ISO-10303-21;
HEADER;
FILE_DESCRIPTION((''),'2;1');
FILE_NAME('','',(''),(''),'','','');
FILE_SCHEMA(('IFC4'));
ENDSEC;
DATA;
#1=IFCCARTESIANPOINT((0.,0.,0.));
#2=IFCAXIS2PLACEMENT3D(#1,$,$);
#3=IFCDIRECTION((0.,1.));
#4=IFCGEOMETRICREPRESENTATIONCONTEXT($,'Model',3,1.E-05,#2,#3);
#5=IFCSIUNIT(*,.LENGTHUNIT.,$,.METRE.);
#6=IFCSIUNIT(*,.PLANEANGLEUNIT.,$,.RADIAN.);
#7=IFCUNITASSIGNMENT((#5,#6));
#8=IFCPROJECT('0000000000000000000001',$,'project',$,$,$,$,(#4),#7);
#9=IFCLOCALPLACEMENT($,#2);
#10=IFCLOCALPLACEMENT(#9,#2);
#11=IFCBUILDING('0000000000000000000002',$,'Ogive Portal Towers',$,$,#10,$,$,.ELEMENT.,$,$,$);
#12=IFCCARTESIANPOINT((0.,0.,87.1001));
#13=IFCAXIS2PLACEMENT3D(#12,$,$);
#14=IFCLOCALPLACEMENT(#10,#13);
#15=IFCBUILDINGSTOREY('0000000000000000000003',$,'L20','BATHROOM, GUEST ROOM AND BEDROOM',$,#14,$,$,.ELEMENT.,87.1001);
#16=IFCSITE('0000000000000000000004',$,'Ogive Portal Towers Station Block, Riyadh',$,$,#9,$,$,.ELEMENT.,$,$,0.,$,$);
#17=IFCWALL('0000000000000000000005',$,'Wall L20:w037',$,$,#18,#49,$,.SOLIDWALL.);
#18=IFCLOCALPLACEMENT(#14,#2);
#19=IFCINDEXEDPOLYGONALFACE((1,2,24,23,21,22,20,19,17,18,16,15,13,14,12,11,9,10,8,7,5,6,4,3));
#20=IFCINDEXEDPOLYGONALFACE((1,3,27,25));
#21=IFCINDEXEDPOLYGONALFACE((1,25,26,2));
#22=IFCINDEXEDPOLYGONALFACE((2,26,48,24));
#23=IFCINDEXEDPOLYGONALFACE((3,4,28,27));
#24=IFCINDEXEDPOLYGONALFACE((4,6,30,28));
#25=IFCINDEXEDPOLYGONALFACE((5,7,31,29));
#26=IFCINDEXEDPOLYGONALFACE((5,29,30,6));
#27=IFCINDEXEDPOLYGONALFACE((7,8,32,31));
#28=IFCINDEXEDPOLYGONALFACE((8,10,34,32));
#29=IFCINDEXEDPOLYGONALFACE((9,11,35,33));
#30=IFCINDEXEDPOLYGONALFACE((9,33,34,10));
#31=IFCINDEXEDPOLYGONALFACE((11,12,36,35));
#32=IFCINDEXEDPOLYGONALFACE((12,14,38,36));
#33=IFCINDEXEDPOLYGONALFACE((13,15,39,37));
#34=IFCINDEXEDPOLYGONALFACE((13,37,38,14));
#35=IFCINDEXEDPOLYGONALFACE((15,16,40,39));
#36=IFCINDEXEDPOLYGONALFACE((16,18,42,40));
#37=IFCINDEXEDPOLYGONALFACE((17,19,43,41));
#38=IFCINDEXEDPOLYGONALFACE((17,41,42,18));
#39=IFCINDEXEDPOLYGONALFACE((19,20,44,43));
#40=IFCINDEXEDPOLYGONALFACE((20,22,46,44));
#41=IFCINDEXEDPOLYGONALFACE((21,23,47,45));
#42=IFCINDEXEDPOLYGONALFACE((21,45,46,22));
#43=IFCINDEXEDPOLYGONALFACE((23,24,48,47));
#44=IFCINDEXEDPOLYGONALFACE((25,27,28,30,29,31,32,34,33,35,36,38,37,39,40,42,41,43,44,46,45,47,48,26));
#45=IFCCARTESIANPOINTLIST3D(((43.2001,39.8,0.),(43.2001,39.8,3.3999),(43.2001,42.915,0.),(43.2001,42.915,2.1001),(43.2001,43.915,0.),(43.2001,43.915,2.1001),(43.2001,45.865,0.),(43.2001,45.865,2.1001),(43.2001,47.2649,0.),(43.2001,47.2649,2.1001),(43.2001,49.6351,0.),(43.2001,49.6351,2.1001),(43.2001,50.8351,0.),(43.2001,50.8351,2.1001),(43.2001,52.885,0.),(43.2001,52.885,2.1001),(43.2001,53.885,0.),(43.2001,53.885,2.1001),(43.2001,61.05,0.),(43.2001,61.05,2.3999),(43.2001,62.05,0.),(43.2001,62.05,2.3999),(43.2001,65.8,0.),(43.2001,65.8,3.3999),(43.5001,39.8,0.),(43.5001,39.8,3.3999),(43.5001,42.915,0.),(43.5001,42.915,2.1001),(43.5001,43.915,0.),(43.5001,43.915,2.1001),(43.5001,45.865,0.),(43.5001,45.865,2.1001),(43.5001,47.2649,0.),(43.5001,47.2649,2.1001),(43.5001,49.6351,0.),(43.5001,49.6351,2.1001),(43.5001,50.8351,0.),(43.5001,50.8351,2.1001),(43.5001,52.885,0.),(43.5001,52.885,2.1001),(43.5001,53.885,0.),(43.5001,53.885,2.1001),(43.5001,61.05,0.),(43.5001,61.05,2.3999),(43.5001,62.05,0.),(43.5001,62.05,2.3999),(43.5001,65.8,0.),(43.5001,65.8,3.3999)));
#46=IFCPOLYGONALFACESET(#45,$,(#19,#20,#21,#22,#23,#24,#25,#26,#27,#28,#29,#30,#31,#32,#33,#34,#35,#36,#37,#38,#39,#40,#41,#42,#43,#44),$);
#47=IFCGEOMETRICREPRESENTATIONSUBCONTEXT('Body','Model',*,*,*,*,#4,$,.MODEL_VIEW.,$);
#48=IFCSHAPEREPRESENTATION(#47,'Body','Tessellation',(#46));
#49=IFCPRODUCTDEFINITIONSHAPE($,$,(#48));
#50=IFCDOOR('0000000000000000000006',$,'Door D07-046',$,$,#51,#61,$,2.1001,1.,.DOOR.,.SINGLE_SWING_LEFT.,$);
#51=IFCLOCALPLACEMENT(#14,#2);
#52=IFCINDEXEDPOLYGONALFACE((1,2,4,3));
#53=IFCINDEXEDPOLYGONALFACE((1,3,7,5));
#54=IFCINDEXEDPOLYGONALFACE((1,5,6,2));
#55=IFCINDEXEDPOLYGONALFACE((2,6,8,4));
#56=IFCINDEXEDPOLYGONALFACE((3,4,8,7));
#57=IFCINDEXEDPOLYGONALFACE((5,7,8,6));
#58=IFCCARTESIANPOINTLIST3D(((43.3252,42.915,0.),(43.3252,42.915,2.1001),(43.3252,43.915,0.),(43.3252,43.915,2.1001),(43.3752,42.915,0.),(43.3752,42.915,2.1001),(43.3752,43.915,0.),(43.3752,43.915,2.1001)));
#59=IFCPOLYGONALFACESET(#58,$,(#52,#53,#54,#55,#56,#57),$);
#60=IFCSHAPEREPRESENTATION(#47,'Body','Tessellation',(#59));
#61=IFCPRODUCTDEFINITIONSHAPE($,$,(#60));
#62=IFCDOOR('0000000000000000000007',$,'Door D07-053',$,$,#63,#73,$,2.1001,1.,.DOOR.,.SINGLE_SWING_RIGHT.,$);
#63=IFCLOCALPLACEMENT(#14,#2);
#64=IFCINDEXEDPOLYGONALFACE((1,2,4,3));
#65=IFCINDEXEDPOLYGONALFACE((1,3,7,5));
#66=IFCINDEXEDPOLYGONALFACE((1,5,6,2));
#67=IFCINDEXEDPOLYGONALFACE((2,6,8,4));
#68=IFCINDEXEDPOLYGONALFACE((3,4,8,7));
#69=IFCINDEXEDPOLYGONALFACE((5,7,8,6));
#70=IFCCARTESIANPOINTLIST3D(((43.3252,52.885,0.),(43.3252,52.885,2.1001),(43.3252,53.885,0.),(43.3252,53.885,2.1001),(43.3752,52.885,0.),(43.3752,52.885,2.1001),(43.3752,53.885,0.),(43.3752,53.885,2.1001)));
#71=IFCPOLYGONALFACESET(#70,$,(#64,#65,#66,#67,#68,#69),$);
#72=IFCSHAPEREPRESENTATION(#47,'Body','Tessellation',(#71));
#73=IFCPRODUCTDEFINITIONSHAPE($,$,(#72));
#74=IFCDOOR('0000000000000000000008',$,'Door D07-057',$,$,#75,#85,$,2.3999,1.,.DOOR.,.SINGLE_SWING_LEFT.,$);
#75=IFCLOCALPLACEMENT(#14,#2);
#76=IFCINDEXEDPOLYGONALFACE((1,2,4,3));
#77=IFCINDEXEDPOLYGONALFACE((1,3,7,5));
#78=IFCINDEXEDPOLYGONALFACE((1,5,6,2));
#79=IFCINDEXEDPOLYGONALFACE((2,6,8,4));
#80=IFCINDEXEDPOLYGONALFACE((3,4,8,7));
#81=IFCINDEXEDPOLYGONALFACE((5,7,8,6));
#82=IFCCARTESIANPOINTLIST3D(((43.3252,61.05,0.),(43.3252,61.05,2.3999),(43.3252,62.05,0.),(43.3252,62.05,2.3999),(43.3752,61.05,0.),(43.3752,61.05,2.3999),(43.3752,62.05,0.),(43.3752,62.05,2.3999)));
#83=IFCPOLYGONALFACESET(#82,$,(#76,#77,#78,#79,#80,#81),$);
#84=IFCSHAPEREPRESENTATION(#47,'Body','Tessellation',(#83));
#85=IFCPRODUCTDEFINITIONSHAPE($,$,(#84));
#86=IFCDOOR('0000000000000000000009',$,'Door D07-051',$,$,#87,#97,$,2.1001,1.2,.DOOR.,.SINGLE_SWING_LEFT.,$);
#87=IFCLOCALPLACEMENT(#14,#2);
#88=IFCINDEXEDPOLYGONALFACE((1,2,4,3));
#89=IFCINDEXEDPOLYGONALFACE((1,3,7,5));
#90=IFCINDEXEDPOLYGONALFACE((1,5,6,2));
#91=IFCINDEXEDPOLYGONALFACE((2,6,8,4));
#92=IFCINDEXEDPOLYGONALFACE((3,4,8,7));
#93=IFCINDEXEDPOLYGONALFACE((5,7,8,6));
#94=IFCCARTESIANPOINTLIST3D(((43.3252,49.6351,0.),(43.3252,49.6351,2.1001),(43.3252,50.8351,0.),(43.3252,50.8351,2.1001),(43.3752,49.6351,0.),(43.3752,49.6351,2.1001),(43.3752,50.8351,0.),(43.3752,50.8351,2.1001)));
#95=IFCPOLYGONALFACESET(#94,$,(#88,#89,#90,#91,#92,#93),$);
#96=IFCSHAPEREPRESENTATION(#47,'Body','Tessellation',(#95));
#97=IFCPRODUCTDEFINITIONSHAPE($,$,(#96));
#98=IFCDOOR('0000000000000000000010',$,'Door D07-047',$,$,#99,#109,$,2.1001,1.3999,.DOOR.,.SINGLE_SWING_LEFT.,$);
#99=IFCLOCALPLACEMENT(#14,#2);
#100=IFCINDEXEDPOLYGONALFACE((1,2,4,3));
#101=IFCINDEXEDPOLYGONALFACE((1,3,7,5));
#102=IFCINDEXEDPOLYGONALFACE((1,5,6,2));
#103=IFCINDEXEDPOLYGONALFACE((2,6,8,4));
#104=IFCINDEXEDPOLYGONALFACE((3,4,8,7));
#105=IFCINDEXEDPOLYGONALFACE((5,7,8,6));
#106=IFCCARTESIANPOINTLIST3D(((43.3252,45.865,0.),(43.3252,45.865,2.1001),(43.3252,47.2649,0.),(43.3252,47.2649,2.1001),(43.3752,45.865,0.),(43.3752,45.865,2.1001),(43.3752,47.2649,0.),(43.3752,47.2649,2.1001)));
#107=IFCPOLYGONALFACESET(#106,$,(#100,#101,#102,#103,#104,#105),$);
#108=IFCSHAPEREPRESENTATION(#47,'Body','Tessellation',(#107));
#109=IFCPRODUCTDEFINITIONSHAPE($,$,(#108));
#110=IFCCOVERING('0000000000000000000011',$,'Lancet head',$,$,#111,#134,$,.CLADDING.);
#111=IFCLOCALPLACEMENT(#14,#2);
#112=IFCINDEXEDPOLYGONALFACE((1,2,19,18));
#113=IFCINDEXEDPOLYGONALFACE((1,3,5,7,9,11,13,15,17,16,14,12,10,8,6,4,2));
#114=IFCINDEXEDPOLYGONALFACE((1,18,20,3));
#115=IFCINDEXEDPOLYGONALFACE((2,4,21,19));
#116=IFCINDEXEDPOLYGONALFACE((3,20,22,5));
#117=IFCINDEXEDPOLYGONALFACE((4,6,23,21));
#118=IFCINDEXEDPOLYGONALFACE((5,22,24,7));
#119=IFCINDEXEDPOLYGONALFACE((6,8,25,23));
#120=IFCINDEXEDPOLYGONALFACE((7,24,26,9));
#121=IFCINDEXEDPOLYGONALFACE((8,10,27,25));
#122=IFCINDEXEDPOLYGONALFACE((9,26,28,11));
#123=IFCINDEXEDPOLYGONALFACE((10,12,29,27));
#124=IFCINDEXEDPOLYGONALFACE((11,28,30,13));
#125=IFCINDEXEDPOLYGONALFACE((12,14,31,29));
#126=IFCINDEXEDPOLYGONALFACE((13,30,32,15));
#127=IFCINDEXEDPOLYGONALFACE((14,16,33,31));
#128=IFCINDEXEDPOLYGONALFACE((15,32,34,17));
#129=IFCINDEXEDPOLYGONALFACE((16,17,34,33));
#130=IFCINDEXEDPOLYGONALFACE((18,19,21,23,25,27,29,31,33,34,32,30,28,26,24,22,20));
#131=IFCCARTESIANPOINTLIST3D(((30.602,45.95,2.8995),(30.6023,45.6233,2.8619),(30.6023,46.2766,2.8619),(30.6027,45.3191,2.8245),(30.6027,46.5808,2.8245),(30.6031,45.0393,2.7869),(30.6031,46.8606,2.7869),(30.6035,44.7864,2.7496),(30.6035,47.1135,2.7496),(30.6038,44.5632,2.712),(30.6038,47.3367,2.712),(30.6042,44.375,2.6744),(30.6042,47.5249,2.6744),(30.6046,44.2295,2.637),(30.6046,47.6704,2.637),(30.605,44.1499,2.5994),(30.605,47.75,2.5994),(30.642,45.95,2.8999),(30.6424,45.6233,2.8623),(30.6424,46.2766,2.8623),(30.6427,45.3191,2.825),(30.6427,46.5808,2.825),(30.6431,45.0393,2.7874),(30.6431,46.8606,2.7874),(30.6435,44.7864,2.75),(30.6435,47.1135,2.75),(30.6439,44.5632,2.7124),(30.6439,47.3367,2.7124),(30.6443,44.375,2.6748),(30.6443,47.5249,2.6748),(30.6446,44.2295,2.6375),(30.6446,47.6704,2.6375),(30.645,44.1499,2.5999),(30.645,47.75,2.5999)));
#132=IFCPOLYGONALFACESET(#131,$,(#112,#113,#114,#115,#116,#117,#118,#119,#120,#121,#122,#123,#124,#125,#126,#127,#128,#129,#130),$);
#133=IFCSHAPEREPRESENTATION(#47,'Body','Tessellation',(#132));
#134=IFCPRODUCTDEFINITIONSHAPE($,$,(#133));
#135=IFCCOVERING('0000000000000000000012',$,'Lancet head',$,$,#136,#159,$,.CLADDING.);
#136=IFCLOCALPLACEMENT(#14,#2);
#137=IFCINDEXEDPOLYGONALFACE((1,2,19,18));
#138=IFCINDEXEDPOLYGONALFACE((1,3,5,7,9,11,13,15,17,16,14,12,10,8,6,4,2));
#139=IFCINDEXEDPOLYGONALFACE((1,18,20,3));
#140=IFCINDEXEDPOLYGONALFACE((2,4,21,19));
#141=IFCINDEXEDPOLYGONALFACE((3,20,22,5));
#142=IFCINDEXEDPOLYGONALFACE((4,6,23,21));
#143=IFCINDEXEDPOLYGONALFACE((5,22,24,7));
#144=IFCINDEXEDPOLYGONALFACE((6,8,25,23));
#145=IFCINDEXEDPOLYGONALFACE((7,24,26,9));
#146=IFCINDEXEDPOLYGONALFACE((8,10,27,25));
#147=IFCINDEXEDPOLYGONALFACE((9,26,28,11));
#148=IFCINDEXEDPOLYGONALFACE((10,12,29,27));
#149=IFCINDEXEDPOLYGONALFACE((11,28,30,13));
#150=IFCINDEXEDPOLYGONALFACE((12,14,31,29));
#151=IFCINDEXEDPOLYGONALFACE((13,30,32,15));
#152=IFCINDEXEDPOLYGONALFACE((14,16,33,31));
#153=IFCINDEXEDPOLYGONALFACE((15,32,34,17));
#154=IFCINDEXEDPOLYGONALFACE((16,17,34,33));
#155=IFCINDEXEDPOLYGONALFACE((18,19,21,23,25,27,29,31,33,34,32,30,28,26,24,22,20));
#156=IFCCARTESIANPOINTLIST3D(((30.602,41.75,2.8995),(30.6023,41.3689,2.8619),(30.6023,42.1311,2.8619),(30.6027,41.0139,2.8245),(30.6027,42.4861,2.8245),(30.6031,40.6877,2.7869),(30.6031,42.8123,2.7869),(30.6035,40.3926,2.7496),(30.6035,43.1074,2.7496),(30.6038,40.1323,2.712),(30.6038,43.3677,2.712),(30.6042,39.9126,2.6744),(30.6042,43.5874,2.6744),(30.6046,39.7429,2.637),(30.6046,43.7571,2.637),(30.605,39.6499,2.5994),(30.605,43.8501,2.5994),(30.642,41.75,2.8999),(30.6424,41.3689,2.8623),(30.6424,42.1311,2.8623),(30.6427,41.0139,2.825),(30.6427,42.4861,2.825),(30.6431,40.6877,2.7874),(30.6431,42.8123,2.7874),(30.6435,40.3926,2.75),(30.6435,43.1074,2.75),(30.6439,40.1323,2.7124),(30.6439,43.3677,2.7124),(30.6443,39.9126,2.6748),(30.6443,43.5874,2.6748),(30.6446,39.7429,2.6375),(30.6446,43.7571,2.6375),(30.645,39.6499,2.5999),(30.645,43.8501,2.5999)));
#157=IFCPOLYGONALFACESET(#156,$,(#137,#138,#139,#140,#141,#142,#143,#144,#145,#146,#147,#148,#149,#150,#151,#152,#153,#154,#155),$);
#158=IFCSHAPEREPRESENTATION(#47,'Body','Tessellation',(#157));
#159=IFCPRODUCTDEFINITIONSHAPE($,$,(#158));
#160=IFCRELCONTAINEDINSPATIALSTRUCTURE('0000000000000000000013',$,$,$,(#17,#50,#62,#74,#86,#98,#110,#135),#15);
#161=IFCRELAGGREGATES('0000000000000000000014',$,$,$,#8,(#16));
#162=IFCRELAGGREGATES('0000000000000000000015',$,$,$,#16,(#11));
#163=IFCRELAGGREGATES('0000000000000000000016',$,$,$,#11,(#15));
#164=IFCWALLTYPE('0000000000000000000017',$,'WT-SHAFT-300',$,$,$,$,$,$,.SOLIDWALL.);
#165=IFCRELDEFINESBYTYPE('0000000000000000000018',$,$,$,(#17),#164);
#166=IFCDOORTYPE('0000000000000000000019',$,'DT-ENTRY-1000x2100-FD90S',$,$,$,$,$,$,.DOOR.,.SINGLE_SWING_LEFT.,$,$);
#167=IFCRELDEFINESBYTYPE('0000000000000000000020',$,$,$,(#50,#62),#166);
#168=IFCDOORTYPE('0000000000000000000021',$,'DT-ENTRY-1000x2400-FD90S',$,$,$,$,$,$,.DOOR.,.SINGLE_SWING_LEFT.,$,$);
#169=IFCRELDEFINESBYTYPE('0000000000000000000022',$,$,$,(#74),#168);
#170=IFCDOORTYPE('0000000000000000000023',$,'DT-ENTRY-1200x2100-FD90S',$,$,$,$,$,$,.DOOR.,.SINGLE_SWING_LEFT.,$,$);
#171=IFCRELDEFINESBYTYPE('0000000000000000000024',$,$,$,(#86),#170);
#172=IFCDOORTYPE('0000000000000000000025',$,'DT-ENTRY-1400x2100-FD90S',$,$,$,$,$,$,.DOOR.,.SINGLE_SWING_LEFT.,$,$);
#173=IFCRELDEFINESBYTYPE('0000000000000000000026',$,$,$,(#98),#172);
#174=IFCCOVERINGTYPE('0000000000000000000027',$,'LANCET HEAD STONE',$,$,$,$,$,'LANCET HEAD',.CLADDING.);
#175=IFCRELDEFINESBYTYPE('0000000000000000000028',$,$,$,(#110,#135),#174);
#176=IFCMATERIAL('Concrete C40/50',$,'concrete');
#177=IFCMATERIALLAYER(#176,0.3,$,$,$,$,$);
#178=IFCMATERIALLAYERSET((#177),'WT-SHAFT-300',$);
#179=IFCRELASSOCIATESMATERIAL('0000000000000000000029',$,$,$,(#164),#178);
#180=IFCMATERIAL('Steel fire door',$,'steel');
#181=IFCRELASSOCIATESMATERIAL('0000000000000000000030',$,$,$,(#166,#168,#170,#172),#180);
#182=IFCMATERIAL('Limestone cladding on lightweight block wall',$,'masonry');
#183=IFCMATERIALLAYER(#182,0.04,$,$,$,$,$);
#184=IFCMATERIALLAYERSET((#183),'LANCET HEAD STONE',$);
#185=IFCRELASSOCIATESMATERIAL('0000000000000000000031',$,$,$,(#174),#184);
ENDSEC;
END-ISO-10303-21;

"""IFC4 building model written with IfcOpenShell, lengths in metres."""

from ifc_helpers import new_model, si_unit, direction, frame, frame_2d, origin, place, context, subcontext, project, spatial, polyline, rectangle, outline, extrude, material, layer, layer_set, type_object, element, fill, save


model = new_model("IFC4")

# Units and contexts
model_context = context("Model", 3, precision=1e-05, world=origin(), true_north=direction((0.0, 1.0)))
body_context = subcontext(model_context, "Body", "Model", "MODEL_VIEW")
ifc_project = project(units=[si_unit("LENGTHUNIT", "METRE"), si_unit("PLANEANGLEUNIT", "RADIAN")], contexts=[model_context])

# Site, building, storey
site_placement = place(None, origin())
site = spatial("IfcSite", under=ifc_project, at=site_placement, Name="Ogive Portal Towers Station Block, Riyadh", CompositionType="ELEMENT", RefElevation=0.0)
building_placement = place(site_placement, origin())
building = spatial("IfcBuilding", under=site, at=building_placement, Name="Ogive Portal Towers", CompositionType="ELEMENT")
storey_placement = place(building_placement, frame((0.0, 0.0, 87.1001)))
storey = spatial("IfcBuildingStorey", under=building, at=storey_placement, Name="L20", Description="BATHROOM, GUEST ROOM AND BEDROOM", CompositionType="ELEMENT", Elevation=87.1001)

# Shared definitions
ifc_material_1 = material(Name="Steel fire door", Category="steel")

# Wall, openings, doors
ifc_material_2 = material(Name="Concrete C40/50", Category="concrete")
ifc_layer_1 = layer(ifc_material_2, 0.3)
ifc_layer_set_1 = layer_set([ifc_layer_1], Name="WT-SHAFT-300")
wall_type_1 = type_object("IfcWallType", Name="WT-SHAFT-300", PredefinedType="SOLIDWALL", material=ifc_layer_set_1)
wall_1_placement = place(storey_placement, frame((43.3501, 39.8, 0.0), z_axis=(0.0, 0.0, 1.0), x_axis=(0.0, 1.0, 0.0)))
wall_1 = element("IfcWall", 1, at=wall_1_placement, inside=storey, type_object=wall_type_1, Name="Wall L20:w037", PredefinedType="SOLIDWALL", context=body_context, shape_type="SweptSolid", body=[
    extrude(rectangle(XDim=26.0, YDim=0.3, at=frame_2d((13.0, 0.0))), origin(), (0.0, 0.0, 1.0), 3.3999),
])
opening_1_placement = place(wall_1_placement, frame((3.115, 0.0, 0.0)))
opening_1 = element("IfcOpeningElement", 2, at=opening_1_placement, cuts=wall_1, PredefinedType="OPENING", context=body_context, shape_type="SweptSolid", body=[
    extrude(rectangle(XDim=1.0, YDim=2.1001, at=frame_2d((0.5, 1.05))), frame((0.0, 0.1602, 0.0), z_axis=(0.0, -1.0, 0.0), x_axis=(1.0, 0.0, 0.0)), (0.0, 0.0, 1.0), 0.3201),
])
opening_2_placement = place(wall_1_placement, frame((6.0649, 0.0, 0.0)))
opening_2 = element("IfcOpeningElement", 3, at=opening_2_placement, cuts=wall_1, PredefinedType="OPENING", context=body_context, shape_type="SweptSolid", body=[
    extrude(rectangle(XDim=1.3999, YDim=2.1001, at=frame_2d((0.7, 1.05))), frame((0.0, 0.1602, 0.0), z_axis=(0.0, -1.0, 0.0), x_axis=(1.0, 0.0, 0.0)), (0.0, 0.0, 1.0), 0.3201),
])
opening_3_placement = place(wall_1_placement, frame((9.835, 0.0, 0.0)))
opening_3 = element("IfcOpeningElement", 4, at=opening_3_placement, cuts=wall_1, PredefinedType="OPENING", context=body_context, shape_type="SweptSolid", body=[
    extrude(rectangle(XDim=1.2, YDim=2.1001, at=frame_2d((0.6001, 1.05))), frame((0.0, 0.1602, 0.0), z_axis=(0.0, -1.0, 0.0), x_axis=(1.0, 0.0, 0.0)), (0.0, 0.0, 1.0), 0.3201),
])
opening_4_placement = place(wall_1_placement, frame((13.085, 0.0, 0.0)))
opening_4 = element("IfcOpeningElement", 5, at=opening_4_placement, cuts=wall_1, PredefinedType="OPENING", context=body_context, shape_type="SweptSolid", body=[
    extrude(rectangle(XDim=1.0, YDim=2.1001, at=frame_2d((0.5, 1.05))), frame((0.0, 0.1602, 0.0), z_axis=(0.0, -1.0, 0.0), x_axis=(1.0, 0.0, 0.0)), (0.0, 0.0, 1.0), 0.3201),
])
opening_5_placement = place(wall_1_placement, frame((21.25, 0.0, 0.0)))
opening_5 = element("IfcOpeningElement", 6, at=opening_5_placement, cuts=wall_1, PredefinedType="OPENING", context=body_context, shape_type="SweptSolid", body=[
    extrude(rectangle(XDim=1.0, YDim=2.3999, at=frame_2d((0.5, 1.2))), frame((0.0, 0.1602, 0.0), z_axis=(0.0, -1.0, 0.0), x_axis=(1.0, 0.0, 0.0)), (0.0, 0.0, 1.0), 0.3201),
])
door_type_1 = type_object("IfcDoorType", Name="DT-ENTRY-1000x2100-FD90S", OperationType="SINGLE_SWING_LEFT", PredefinedType="DOOR", material=ifc_material_1)
door_1_placement = place(opening_1_placement, origin())
door_1 = element("IfcDoor", 7, at=door_1_placement, inside=storey, type_object=door_type_1, Name="Door D07-046", OperationType="SINGLE_SWING_LEFT", OverallHeight=2.1001, OverallWidth=1.0, PredefinedType="DOOR", context=body_context, shape_type="SweptSolid", body=[
    extrude(rectangle(XDim=1.0, YDim=2.1001, at=frame_2d((0.5, 1.05))), frame((0.0, 0.0249, 0.0), z_axis=(0.0, -1.0, 0.0), x_axis=(1.0, 0.0, 0.0)), (0.0, 0.0, 1.0), 0.05),
])
fill(opening_1, door_1)
door_2_placement = place(opening_4_placement, origin())
door_2 = element("IfcDoor", 8, at=door_2_placement, inside=storey, type_object=door_type_1, Name="Door D07-053", OperationType="SINGLE_SWING_RIGHT", OverallHeight=2.1001, OverallWidth=1.0, PredefinedType="DOOR", context=body_context, shape_type="SweptSolid", body=[
    extrude(rectangle(XDim=1.0, YDim=2.1001, at=frame_2d((0.5, 1.05))), frame((0.0, 0.0249, 0.0), z_axis=(0.0, -1.0, 0.0), x_axis=(1.0, 0.0, 0.0)), (0.0, 0.0, 1.0), 0.05),
])
fill(opening_4, door_2)
door_type_2 = type_object("IfcDoorType", Name="DT-ENTRY-1000x2400-FD90S", OperationType="SINGLE_SWING_LEFT", PredefinedType="DOOR", material=ifc_material_1)
door_3_placement = place(opening_5_placement, origin())
door_3 = element("IfcDoor", 9, at=door_3_placement, inside=storey, type_object=door_type_2, Name="Door D07-057", OperationType="SINGLE_SWING_LEFT", OverallHeight=2.3999, OverallWidth=1.0, PredefinedType="DOOR", context=body_context, shape_type="SweptSolid", body=[
    extrude(rectangle(XDim=1.0, YDim=2.3999, at=frame_2d((0.5, 1.2))), frame((0.0, 0.0249, 0.0), z_axis=(0.0, -1.0, 0.0), x_axis=(1.0, 0.0, 0.0)), (0.0, 0.0, 1.0), 0.05),
])
fill(opening_5, door_3)
door_type_3 = type_object("IfcDoorType", Name="DT-ENTRY-1200x2100-FD90S", OperationType="SINGLE_SWING_LEFT", PredefinedType="DOOR", material=ifc_material_1)
door_4_placement = place(opening_3_placement, origin())
door_4 = element("IfcDoor", 10, at=door_4_placement, inside=storey, type_object=door_type_3, Name="Door D07-051", OperationType="SINGLE_SWING_LEFT", OverallHeight=2.1001, OverallWidth=1.2, PredefinedType="DOOR", context=body_context, shape_type="SweptSolid", body=[
    extrude(rectangle(XDim=1.2, YDim=2.1001, at=frame_2d((0.6001, 1.05))), frame((0.0, 0.0249, 0.0), z_axis=(0.0, -1.0, 0.0), x_axis=(1.0, 0.0, 0.0)), (0.0, 0.0, 1.0), 0.05),
])
fill(opening_3, door_4)
door_type_4 = type_object("IfcDoorType", Name="DT-ENTRY-1400x2100-FD90S", OperationType="SINGLE_SWING_LEFT", PredefinedType="DOOR", material=ifc_material_1)
door_5_placement = place(opening_2_placement, origin())
door_5 = element("IfcDoor", 11, at=door_5_placement, inside=storey, type_object=door_type_4, Name="Door D07-047", OperationType="SINGLE_SWING_LEFT", OverallHeight=2.1001, OverallWidth=1.3999, PredefinedType="DOOR", context=body_context, shape_type="SweptSolid", body=[
    extrude(rectangle(XDim=1.3999, YDim=2.1001, at=frame_2d((0.7, 1.05))), frame((0.0, 0.0249, 0.0), z_axis=(0.0, -1.0, 0.0), x_axis=(1.0, 0.0, 0.0)), (0.0, 0.0, 1.0), 0.05),
])
fill(opening_2, door_5)

# Coverings
ifc_material_3 = material(Name="Limestone cladding on lightweight block wall", Category="masonry")
ifc_layer_2 = layer(ifc_material_3, 0.04)
ifc_layer_set_2 = layer_set([ifc_layer_2], Name="LANCET HEAD STONE")
covering_type_1 = type_object("IfcCoveringType", Name="LANCET HEAD STONE", ElementType="LANCET HEAD", PredefinedType="CLADDING", material=ifc_layer_set_2)
covering_1_placement = place(storey_placement, frame((30.645, 47.75, 2.5999), z_axis=(0.999949, 0.0, 0.010103), x_axis=(0.0, -1.0, 0.0)))
element("IfcCovering", 12, at=covering_1_placement, inside=storey, type_object=covering_type_1, Name="Lancet head", PredefinedType="CLADDING", context=body_context, shape_type="SweptSolid", body=[
    extrude(outline(polyline([(0.0, 0.0), (3.6001, 0.0), (3.5205, -0.0376), (3.375, -0.075), (3.1868, -0.1126), (2.9636, -0.1502), (2.7107, -0.1875), (2.4309, -0.2251), (2.1267, -0.2625), (1.8, -0.3001), (1.4734, -0.2625), (1.1692, -0.2251), (0.8894, -0.1875), (0.6365, -0.1502), (0.4133, -0.1126), (0.2251, -0.075), (0.0796, -0.0376), (0.0, 0.0)])), origin(), (0.0, 0.0, -1.0), 0.04),
])
covering_2_placement = place(storey_placement, frame((30.645, 43.8501, 2.5999), z_axis=(0.999949, 0.0, 0.010103), x_axis=(0.0, -1.0, 0.0)))
element("IfcCovering", 13, at=covering_2_placement, inside=storey, type_object=covering_type_1, Name="Lancet head", PredefinedType="CLADDING", context=body_context, shape_type="SweptSolid", body=[
    extrude(outline(polyline([(0.0, 0.0), (4.2002, 0.0), (4.1072, -0.0376), (3.9375, -0.075), (3.7178, -0.1126), (3.4575, -0.1502), (3.1624, -0.1875), (2.8362, -0.2251), (2.4812, -0.2625), (2.1001, -0.3001), (1.719, -0.2625), (1.364, -0.2251), (1.0378, -0.1875), (0.7427, -0.1502), (0.4824, -0.1126), (0.2627, -0.075), (0.093, -0.0376), (0.0, 0.0)])), origin(), (0.0, 0.0, -1.0), 0.04),
])

save(model, "model.ifc")
